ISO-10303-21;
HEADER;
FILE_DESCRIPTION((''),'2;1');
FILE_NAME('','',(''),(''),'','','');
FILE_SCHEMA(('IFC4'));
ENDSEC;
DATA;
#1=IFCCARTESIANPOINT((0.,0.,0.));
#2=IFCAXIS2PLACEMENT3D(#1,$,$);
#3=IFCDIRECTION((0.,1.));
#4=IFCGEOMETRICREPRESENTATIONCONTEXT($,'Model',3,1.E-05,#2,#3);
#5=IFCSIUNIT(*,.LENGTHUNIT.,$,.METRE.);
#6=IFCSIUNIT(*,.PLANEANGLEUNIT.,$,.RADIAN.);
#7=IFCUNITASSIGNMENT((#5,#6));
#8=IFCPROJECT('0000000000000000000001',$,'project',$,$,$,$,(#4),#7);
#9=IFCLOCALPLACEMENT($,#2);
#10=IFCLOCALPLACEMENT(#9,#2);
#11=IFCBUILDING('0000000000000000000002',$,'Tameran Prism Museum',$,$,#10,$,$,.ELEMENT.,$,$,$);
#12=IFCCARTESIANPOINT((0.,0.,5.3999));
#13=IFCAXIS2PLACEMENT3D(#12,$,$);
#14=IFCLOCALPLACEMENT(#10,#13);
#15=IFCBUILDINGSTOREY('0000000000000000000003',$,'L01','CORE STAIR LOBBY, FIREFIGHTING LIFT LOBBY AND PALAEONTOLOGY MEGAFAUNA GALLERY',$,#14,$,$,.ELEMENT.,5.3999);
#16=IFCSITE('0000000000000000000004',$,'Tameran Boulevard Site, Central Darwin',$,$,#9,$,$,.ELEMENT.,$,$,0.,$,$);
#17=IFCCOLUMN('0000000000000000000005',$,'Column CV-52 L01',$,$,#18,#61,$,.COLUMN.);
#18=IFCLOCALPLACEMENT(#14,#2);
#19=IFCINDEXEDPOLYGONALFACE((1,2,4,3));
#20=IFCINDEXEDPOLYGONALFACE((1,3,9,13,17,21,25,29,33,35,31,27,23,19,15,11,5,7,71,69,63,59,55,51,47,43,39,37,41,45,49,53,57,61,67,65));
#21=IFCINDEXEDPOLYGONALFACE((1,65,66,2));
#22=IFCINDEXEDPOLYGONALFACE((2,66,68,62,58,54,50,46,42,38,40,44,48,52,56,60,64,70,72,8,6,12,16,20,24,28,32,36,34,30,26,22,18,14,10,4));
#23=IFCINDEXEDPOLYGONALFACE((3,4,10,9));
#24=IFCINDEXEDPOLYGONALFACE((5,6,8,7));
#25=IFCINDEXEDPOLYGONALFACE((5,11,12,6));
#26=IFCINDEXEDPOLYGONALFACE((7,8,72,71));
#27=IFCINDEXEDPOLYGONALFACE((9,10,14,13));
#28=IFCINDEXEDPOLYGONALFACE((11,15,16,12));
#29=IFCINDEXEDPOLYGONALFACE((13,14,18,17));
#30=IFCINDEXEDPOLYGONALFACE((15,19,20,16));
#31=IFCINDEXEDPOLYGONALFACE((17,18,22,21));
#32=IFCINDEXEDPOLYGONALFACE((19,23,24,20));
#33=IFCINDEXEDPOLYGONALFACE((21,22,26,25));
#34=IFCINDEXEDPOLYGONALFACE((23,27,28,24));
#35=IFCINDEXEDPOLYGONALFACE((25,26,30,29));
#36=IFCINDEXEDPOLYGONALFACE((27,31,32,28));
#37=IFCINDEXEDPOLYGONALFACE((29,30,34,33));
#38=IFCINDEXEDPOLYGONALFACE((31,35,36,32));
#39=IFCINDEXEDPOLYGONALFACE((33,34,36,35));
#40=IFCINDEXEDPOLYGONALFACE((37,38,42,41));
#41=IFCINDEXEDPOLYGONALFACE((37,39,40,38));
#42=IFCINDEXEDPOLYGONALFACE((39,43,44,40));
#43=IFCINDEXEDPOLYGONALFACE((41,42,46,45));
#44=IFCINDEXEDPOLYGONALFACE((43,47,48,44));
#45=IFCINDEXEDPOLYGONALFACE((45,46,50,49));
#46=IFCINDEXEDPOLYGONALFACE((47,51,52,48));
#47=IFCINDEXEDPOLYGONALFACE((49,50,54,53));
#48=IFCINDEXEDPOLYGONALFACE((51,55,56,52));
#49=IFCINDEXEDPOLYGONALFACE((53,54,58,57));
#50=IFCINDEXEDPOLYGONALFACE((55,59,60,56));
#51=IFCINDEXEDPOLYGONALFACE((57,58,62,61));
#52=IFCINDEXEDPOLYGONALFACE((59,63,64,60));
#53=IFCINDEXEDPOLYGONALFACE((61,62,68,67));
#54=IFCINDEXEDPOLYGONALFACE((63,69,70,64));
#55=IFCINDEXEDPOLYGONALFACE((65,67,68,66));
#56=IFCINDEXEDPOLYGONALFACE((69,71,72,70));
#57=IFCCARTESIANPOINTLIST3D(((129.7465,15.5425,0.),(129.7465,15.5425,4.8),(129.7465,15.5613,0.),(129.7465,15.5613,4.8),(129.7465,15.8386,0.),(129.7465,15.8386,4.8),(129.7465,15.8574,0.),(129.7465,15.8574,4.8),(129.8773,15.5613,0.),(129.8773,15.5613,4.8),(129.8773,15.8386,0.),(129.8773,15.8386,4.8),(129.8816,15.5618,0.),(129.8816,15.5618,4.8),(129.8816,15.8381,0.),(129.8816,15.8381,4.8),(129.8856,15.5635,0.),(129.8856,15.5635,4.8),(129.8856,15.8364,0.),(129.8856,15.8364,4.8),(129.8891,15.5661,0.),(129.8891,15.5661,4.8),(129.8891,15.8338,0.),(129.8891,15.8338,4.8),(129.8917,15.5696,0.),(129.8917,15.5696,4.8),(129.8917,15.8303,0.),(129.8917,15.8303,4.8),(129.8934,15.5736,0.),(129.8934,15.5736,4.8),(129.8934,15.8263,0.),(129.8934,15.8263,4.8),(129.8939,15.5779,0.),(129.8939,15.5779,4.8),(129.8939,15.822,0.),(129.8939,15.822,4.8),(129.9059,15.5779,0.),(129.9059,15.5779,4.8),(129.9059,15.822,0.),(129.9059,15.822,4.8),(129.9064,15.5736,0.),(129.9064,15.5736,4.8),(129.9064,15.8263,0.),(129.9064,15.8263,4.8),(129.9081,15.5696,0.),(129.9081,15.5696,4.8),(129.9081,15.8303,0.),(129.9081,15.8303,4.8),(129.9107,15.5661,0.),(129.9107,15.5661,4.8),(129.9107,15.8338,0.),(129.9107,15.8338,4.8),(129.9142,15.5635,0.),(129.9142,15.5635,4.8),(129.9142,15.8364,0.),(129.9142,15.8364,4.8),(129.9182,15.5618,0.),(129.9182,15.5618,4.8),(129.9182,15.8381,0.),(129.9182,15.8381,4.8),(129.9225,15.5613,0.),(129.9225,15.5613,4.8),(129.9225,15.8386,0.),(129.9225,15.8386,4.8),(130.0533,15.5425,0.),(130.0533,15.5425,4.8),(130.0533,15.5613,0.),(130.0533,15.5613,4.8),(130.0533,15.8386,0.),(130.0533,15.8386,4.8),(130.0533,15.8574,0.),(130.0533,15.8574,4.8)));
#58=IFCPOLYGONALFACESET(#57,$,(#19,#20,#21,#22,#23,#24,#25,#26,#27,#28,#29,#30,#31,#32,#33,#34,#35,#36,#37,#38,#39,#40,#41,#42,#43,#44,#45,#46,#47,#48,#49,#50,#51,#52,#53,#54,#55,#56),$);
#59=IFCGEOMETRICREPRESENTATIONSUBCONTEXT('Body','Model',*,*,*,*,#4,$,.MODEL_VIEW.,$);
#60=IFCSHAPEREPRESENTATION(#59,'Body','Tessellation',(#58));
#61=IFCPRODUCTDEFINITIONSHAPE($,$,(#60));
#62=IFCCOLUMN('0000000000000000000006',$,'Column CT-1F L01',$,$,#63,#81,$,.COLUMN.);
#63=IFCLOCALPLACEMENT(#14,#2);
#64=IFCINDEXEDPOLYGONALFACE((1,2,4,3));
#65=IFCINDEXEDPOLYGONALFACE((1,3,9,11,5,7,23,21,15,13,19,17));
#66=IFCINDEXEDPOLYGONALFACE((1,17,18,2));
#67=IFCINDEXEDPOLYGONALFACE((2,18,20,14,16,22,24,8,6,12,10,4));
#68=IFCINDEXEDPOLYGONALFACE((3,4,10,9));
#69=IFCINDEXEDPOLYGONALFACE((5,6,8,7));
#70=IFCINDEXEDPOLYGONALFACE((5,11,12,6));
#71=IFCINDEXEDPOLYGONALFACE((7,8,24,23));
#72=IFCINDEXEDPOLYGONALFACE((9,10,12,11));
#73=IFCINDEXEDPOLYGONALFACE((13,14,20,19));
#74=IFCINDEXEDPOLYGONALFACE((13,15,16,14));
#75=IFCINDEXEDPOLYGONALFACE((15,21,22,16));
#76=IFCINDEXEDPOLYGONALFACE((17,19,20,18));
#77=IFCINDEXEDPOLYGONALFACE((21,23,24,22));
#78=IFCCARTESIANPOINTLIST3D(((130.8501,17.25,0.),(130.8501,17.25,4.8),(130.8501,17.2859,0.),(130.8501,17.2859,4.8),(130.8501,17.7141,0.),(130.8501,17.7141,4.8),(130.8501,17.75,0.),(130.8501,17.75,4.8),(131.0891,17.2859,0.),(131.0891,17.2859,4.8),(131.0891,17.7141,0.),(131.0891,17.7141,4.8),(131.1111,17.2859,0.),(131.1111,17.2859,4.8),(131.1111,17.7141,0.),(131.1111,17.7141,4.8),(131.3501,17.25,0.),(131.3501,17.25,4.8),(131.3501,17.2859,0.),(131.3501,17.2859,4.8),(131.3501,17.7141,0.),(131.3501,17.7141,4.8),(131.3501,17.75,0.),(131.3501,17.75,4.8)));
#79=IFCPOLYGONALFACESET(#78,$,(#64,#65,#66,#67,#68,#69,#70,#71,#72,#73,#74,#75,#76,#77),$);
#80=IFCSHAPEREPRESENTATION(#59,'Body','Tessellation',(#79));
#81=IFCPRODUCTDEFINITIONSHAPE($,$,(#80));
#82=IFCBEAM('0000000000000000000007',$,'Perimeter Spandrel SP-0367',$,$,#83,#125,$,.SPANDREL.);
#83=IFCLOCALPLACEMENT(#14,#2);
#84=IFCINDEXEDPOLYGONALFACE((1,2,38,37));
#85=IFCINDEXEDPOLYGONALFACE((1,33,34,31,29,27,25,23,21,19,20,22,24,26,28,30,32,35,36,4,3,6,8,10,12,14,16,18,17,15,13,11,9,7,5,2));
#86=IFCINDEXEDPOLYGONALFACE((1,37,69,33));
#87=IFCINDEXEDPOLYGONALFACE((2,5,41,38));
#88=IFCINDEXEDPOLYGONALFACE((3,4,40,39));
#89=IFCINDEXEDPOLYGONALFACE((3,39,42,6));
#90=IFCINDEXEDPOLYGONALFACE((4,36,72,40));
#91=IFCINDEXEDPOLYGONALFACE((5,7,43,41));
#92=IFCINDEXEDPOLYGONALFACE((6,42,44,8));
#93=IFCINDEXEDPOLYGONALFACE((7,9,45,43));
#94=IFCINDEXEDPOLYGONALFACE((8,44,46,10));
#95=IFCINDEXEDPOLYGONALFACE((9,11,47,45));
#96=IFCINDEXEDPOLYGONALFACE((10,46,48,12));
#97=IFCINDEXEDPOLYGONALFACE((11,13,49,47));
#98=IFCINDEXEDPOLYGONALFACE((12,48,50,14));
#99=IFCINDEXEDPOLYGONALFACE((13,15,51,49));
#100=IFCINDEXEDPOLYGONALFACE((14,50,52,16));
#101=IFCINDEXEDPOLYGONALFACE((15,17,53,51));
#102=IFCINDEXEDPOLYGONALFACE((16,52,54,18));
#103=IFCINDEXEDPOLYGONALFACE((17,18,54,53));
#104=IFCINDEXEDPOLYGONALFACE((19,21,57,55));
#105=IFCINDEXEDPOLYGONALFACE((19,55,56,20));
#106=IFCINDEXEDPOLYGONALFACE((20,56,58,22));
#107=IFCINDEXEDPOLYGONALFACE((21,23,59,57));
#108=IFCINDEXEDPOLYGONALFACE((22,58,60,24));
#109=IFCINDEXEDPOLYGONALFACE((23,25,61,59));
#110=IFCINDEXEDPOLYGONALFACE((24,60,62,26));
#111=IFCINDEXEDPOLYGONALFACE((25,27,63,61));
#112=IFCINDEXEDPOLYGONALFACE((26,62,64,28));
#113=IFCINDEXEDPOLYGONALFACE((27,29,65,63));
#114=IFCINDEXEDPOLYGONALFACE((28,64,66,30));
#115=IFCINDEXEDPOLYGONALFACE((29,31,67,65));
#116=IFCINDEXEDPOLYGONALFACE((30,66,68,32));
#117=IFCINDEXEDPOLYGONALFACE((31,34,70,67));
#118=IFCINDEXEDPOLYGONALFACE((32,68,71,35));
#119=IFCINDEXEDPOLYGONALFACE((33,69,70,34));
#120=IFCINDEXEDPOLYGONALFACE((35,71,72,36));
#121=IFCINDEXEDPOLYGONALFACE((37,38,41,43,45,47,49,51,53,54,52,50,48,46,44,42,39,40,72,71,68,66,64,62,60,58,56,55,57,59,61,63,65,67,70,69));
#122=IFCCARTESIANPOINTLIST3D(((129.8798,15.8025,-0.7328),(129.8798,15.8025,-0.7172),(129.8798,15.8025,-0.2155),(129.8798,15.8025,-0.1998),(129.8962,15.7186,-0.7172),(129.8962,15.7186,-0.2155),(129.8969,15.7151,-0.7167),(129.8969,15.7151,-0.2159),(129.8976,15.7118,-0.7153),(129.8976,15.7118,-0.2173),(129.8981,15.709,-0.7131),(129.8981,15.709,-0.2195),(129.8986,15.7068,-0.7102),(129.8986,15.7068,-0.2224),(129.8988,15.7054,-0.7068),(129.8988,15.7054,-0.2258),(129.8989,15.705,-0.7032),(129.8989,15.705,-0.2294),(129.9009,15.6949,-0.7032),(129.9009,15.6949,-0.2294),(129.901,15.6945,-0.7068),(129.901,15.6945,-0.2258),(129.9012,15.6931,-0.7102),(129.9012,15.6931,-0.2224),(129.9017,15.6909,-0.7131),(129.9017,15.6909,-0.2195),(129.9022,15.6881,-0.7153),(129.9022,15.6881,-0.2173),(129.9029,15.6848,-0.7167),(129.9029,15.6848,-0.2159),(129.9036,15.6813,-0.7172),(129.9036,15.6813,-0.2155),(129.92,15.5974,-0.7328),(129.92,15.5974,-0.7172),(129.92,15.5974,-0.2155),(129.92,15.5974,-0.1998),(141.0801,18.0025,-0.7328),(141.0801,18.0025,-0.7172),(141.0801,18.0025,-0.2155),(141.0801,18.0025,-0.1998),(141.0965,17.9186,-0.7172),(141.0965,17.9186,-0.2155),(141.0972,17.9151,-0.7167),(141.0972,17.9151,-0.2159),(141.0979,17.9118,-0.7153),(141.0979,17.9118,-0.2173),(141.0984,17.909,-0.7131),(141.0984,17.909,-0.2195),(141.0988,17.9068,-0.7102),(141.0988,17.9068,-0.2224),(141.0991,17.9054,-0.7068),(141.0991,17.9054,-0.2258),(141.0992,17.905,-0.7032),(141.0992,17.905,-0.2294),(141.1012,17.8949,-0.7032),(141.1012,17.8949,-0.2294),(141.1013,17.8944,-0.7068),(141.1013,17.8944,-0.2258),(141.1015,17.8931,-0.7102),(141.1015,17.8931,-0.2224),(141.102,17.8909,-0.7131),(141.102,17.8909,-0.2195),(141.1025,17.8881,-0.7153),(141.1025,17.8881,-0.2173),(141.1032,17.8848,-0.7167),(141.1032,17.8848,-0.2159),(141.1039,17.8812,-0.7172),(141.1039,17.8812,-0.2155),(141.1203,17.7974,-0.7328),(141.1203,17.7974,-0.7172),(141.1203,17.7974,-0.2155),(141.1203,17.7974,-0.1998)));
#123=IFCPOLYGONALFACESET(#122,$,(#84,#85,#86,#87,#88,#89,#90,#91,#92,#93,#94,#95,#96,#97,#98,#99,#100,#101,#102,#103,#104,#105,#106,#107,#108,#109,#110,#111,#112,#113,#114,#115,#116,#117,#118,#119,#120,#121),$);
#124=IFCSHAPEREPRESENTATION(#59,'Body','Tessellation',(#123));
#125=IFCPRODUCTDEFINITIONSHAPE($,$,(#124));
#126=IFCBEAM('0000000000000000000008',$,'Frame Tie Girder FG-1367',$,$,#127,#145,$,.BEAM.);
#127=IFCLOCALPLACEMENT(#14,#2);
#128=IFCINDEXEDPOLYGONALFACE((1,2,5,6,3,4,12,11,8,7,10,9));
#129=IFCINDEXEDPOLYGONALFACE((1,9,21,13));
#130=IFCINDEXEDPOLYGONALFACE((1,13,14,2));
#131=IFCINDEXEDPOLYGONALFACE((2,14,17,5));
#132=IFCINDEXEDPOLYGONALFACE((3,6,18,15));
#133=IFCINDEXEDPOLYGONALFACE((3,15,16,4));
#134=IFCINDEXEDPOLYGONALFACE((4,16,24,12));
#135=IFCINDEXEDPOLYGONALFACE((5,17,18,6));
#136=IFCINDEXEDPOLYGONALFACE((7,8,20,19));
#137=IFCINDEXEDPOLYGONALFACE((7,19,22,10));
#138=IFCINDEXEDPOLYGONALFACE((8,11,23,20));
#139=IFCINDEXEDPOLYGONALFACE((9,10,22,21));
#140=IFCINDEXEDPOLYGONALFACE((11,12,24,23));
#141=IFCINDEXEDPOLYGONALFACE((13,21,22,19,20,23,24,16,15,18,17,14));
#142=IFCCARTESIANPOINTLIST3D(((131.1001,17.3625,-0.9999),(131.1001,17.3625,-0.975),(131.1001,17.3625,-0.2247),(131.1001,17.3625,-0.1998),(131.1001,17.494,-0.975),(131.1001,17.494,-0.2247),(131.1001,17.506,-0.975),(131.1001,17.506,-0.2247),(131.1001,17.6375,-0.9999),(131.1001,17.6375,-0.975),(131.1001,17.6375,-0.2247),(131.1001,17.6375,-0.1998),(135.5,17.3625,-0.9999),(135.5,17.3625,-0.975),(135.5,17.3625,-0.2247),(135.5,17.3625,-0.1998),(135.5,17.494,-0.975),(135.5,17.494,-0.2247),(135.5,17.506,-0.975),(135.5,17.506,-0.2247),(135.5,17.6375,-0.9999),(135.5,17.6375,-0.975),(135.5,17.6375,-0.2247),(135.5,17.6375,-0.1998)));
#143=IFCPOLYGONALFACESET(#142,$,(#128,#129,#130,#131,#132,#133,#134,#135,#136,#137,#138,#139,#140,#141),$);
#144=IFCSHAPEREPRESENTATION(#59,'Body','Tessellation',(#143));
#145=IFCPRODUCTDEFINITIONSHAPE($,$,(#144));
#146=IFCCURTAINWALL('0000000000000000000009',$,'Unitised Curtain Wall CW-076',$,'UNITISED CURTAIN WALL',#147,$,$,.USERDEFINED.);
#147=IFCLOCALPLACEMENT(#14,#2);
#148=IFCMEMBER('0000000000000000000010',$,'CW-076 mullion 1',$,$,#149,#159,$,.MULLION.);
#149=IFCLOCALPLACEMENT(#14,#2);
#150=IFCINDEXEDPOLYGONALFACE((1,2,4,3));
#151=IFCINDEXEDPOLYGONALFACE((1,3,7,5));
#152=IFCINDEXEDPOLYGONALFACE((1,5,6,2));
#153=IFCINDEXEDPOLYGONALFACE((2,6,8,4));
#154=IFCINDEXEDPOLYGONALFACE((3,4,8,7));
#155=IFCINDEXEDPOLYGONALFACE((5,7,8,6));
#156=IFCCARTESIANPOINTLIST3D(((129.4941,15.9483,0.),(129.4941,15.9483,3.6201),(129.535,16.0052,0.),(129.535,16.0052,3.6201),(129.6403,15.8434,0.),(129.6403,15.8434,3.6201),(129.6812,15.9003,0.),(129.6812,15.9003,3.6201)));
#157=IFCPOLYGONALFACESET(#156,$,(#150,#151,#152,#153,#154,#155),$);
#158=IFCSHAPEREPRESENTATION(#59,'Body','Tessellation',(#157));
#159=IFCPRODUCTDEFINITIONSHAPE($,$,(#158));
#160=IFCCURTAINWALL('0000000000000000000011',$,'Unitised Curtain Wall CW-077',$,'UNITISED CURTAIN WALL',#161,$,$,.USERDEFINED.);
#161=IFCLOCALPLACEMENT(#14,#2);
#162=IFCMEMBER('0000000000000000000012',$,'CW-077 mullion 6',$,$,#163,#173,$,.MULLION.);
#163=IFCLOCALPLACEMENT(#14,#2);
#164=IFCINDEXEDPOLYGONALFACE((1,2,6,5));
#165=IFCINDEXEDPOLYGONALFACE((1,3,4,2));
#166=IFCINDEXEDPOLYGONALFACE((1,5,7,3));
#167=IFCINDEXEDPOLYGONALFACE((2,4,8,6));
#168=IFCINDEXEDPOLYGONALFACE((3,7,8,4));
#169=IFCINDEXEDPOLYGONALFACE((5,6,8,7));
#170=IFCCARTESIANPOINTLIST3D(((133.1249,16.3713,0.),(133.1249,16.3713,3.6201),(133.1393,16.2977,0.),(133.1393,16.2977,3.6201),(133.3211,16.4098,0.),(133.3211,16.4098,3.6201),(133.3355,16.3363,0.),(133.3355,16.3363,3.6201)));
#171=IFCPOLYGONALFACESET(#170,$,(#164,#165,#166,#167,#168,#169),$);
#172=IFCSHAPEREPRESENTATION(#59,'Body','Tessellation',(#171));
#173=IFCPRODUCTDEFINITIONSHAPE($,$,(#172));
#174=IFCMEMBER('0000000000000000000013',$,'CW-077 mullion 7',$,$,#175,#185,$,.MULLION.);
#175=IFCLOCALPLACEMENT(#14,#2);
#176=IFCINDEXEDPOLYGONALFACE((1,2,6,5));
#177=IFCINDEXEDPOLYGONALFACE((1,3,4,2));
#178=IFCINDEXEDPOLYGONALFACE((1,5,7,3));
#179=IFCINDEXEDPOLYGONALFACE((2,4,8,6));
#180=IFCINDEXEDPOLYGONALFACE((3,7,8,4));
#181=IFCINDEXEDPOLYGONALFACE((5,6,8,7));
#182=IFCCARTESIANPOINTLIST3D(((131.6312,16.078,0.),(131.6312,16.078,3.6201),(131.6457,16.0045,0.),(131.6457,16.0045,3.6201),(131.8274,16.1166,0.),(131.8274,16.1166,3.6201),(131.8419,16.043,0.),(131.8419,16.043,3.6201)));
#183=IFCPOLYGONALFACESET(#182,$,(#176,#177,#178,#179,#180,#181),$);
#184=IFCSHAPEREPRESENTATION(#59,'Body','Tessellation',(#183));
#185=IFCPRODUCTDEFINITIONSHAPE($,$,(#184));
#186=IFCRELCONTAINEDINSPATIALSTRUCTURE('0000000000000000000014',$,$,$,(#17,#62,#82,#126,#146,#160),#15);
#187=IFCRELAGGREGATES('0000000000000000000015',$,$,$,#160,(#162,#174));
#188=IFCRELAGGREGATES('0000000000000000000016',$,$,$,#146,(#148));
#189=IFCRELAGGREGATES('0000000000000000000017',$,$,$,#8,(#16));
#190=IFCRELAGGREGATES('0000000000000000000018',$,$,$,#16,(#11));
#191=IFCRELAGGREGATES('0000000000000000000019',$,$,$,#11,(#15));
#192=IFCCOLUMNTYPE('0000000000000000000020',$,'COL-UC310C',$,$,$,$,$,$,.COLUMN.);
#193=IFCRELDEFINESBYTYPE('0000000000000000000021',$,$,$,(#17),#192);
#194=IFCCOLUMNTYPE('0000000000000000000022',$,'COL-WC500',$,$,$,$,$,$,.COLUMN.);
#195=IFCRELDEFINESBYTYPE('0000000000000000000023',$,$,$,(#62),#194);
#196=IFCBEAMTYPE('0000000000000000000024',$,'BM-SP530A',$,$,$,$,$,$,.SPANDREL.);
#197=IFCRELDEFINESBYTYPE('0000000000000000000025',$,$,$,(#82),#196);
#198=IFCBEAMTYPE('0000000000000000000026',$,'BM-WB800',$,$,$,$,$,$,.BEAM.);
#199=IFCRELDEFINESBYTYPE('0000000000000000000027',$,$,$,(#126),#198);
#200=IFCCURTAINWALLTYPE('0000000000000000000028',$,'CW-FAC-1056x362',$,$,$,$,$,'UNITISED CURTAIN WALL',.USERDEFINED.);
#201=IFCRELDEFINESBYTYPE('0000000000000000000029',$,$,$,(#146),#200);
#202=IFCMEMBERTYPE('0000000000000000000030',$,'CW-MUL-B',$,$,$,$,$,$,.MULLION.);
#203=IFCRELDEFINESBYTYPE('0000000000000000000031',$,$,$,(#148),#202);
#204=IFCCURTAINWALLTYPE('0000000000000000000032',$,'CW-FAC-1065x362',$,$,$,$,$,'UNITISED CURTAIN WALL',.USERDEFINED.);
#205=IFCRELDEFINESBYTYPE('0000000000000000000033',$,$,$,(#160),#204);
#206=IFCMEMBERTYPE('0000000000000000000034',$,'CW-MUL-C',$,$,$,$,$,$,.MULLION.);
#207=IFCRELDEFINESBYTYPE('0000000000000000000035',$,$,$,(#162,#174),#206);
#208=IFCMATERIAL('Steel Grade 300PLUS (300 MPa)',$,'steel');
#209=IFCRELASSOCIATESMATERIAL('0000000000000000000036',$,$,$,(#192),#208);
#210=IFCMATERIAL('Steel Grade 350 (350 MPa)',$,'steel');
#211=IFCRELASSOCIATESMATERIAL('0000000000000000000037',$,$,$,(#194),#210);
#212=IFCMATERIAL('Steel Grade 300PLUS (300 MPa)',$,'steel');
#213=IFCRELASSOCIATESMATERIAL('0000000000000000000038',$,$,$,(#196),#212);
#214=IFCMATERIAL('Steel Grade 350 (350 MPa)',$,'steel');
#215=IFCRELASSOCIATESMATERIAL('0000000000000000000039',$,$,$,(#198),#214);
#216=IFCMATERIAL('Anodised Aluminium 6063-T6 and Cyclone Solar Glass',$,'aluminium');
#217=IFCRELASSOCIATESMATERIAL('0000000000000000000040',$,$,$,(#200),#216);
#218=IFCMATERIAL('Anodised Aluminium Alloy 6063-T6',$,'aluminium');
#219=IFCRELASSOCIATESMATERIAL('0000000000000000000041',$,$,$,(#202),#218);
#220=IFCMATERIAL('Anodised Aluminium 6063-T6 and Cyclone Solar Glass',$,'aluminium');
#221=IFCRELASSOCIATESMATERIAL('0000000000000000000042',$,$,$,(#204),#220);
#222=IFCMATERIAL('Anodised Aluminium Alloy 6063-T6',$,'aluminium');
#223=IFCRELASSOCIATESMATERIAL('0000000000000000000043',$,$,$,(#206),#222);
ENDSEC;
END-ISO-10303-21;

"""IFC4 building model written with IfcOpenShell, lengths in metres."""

from ifc_helpers import new_model, si_unit, direction, frame, origin, origin_2d, place, context, subcontext, project, spatial, rectangle, i_section, extrude, material, material_profile, profile_set, type_object, element, aggregate, save


model = new_model("IFC4")

# Units and contexts
model_context = context("Model", 3, precision=1e-05, world=origin(), true_north=direction((0.0, 1.0)))
body_context = subcontext(model_context, "Body", "Model", "MODEL_VIEW")
ifc_project = project(units=[si_unit("LENGTHUNIT", "METRE"), si_unit("PLANEANGLEUNIT", "RADIAN")], contexts=[model_context])

# Site, building, storey
site_placement = place(None, origin())
site = spatial("IfcSite", under=ifc_project, at=site_placement, Name="Tameran Boulevard Site, Central Darwin", CompositionType="ELEMENT", RefElevation=0.0)
building_placement = place(site_placement, origin())
building = spatial("IfcBuilding", under=site, at=building_placement, Name="Tameran Prism Museum", CompositionType="ELEMENT")
storey_placement = place(building_placement, frame((0.0, 0.0, 5.3999)))
storey = spatial("IfcBuildingStorey", under=building, at=storey_placement, Name="L01", Description="CORE STAIR LOBBY, FIREFIGHTING LIFT LOBBY AND PALAEONTOLOGY MEGAFAUNA GALLERY", CompositionType="ELEMENT", Elevation=5.3999)

# Columns
ifc_material_1 = material(Name="Steel Grade 300PLUS (300 MPa)", Category="steel")
ifc_material_profile_1 = material_profile(ifc_material_1, i_section(OverallWidth=0.3069, OverallDepth=0.3149, WebThickness=0.012, FlangeThickness=0.0188, FilletRadius=0.0166, at=origin_2d()))
ifc_profile_set_1 = profile_set([ifc_material_profile_1])
column_type_1 = type_object("IfcColumnType", Name="COL-UC310C", PredefinedType="COLUMN", material=ifc_profile_set_1)
column_1_placement = place(storey_placement, frame((129.8999, 15.7, 0.0), z_axis=(0.0, 0.0, 1.0), x_axis=(1.0, 0.0, 0.0)))
element("IfcColumn", 1, at=column_1_placement, inside=storey, type_object=column_type_1, Name="Column CV-52 L01", PredefinedType="COLUMN", context=body_context, shape_type="SweptSolid", body=[
    extrude(i_section(OverallWidth=0.3069, OverallDepth=0.3149, WebThickness=0.012, FlangeThickness=0.0188, FilletRadius=0.0166, at=origin_2d()), origin(), (0.0, 0.0, 1.0), 4.8),
])
ifc_material_2 = material(Name="Steel Grade 350 (350 MPa)", Category="steel")
ifc_material_profile_2 = material_profile(ifc_material_2, i_section(OverallWidth=0.5, OverallDepth=0.5, WebThickness=0.022, FlangeThickness=0.0359, at=origin_2d()))
ifc_profile_set_2 = profile_set([ifc_material_profile_2])
column_type_2 = type_object("IfcColumnType", Name="COL-WC500", PredefinedType="COLUMN", material=ifc_profile_set_2)
column_2_placement = place(storey_placement, frame((131.1001, 17.5, 0.0), z_axis=(0.0, 0.0, 1.0), x_axis=(1.0, 0.0, 0.0)))
element("IfcColumn", 2, at=column_2_placement, inside=storey, type_object=column_type_2, Name="Column CT-1F L01", PredefinedType="COLUMN", context=body_context, shape_type="SweptSolid", body=[
    extrude(i_section(OverallWidth=0.5, OverallDepth=0.5, WebThickness=0.022, FlangeThickness=0.0359, at=origin_2d()), origin(), (0.0, 0.0, 1.0), 4.8),
])

# Beams
ifc_material_3 = material(Name="Steel Grade 300PLUS (300 MPa)", Category="steel")
ifc_material_profile_3 = material_profile(ifc_material_3, i_section(OverallWidth=0.209, OverallDepth=0.533, WebThickness=0.0103, FlangeThickness=0.0156, FilletRadius=0.0139, at=origin_2d()))
ifc_profile_set_3 = profile_set([ifc_material_profile_3])
beam_type_1 = type_object("IfcBeamType", Name="BM-SP530A", PredefinedType="SPANDREL", material=ifc_profile_set_3)
beam_1_placement = place(storey_placement, frame((129.8999, 15.7, -0.4663), z_axis=(0.98125, 0.192738, 0.0), x_axis=(-0.192738, 0.98125, 0.0)))
element("IfcBeam", 3, at=beam_1_placement, inside=storey, type_object=beam_type_1, Name="Perimeter Spandrel SP-0367", PredefinedType="SPANDREL", context=body_context, shape_type="SweptSolid", body=[
    extrude(i_section(OverallWidth=0.209, OverallDepth=0.533, WebThickness=0.0103, FlangeThickness=0.0156, FilletRadius=0.0139, at=origin_2d()), origin(), (0.0, 0.0, 1.0), 11.4143),
])
ifc_material_4 = material(Name="Steel Grade 350 (350 MPa)", Category="steel")
ifc_material_profile_4 = material_profile(ifc_material_4, i_section(OverallWidth=0.2749, OverallDepth=0.8, WebThickness=0.012, FlangeThickness=0.0249, at=origin_2d()))
ifc_profile_set_4 = profile_set([ifc_material_profile_4])
beam_type_2 = type_object("IfcBeamType", Name="BM-WB800", PredefinedType="BEAM", material=ifc_profile_set_4)
beam_2_placement = place(storey_placement, frame((131.1001, 17.5, -0.5999), z_axis=(1.0, 0.0, 0.0), x_axis=(0.0, 1.0, 0.0)))
element("IfcBeam", 4, at=beam_2_placement, inside=storey, type_object=beam_type_2, Name="Frame Tie Girder FG-1367", PredefinedType="BEAM", context=body_context, shape_type="SweptSolid", body=[
    extrude(i_section(OverallWidth=0.2749, OverallDepth=0.8, WebThickness=0.012, FlangeThickness=0.0249, at=origin_2d()), origin(), (0.0, 0.0, 1.0), 4.3999),
])

# Curtain wall, member
ifc_material_5 = material(Name="Anodised Aluminium 6063-T6 and Cyclone Solar Glass", Category="aluminium")
curtain_wall_type_1 = type_object("IfcCurtainWallType", Name="CW-FAC-1056x362", ElementType="UNITISED CURTAIN WALL", PredefinedType="USERDEFINED", material=ifc_material_5)
curtain_wall_1_placement = place(storey_placement, origin())
curtain_wall_1 = element("IfcCurtainWall", 5, at=curtain_wall_1_placement, inside=storey, type_object=curtain_wall_type_1, Name="Unitised Curtain Wall CW-076", ObjectType="UNITISED CURTAIN WALL", PredefinedType="USERDEFINED")
ifc_material_6 = material(Name="Anodised Aluminium Alloy 6063-T6", Category="aluminium")
ifc_material_profile_5 = material_profile(ifc_material_6, rectangle(XDim=0.0701, YDim=0.1799, at=origin_2d()))
ifc_profile_set_5 = profile_set([ifc_material_profile_5])
member_type_1 = type_object("IfcMemberType", Name="CW-MUL-B", PredefinedType="MULLION", material=ifc_profile_set_5)
member_1_placement = place(storey_placement, frame((129.5876, 15.9243, 0.0), z_axis=(0.0, 0.0, 1.0), x_axis=(-0.582885, -0.812555, 0.0)))
member_1 = element("IfcMember", 6, at=member_1_placement, type_object=member_type_1, Name="CW-076 mullion 1", PredefinedType="MULLION", context=body_context, shape_type="SweptSolid", body=[
    extrude(rectangle(XDim=0.0701, YDim=0.1799, at=origin_2d()), origin(), (0.0, 0.0, 1.0), 3.6201),
])

# Curtain wall, members
ifc_material_7 = material(Name="Anodised Aluminium 6063-T6 and Cyclone Solar Glass", Category="aluminium")
curtain_wall_type_2 = type_object("IfcCurtainWallType", Name="CW-FAC-1065x362", ElementType="UNITISED CURTAIN WALL", PredefinedType="USERDEFINED", material=ifc_material_7)
curtain_wall_2_placement = place(storey_placement, origin())
curtain_wall_2 = element("IfcCurtainWall", 7, at=curtain_wall_2_placement, inside=storey, type_object=curtain_wall_type_2, Name="Unitised Curtain Wall CW-077", ObjectType="UNITISED CURTAIN WALL", PredefinedType="USERDEFINED")
ifc_material_8 = material(Name="Anodised Aluminium Alloy 6063-T6", Category="aluminium")
ifc_material_profile_6 = material_profile(ifc_material_8, rectangle(XDim=0.075, YDim=0.2, at=origin_2d()))
ifc_profile_set_6 = profile_set([ifc_material_profile_6])
member_type_2 = type_object("IfcMemberType", Name="CW-MUL-C", PredefinedType="MULLION", material=ifc_profile_set_6)
member_2_placement = place(storey_placement, frame((133.2302, 16.3538, 0.0), z_axis=(0.0, 0.0, 1.0), x_axis=(0.192776, -0.981243, 0.0)))
member_2 = element("IfcMember", 8, at=member_2_placement, type_object=member_type_2, Name="CW-077 mullion 6", PredefinedType="MULLION", context=body_context, shape_type="SweptSolid", body=[
    extrude(rectangle(XDim=0.075, YDim=0.2, at=origin_2d()), origin(), (0.0, 0.0, 1.0), 3.6201),
])
member_3_placement = place(storey_placement, frame((131.7366, 16.0605, 0.0), z_axis=(0.0, 0.0, 1.0), x_axis=(0.192776, -0.981243, 0.0)))
member_3 = element("IfcMember", 9, at=member_3_placement, type_object=member_type_2, Name="CW-077 mullion 7", PredefinedType="MULLION", context=body_context, shape_type="SweptSolid", body=[
    extrude(rectangle(XDim=0.075, YDim=0.2, at=origin_2d()), origin(), (0.0, 0.0, 1.0), 3.6201),
])

aggregate(curtain_wall_2, [member_2, member_3])
aggregate(curtain_wall_1, [member_1])

save(model, "model.ifc")
